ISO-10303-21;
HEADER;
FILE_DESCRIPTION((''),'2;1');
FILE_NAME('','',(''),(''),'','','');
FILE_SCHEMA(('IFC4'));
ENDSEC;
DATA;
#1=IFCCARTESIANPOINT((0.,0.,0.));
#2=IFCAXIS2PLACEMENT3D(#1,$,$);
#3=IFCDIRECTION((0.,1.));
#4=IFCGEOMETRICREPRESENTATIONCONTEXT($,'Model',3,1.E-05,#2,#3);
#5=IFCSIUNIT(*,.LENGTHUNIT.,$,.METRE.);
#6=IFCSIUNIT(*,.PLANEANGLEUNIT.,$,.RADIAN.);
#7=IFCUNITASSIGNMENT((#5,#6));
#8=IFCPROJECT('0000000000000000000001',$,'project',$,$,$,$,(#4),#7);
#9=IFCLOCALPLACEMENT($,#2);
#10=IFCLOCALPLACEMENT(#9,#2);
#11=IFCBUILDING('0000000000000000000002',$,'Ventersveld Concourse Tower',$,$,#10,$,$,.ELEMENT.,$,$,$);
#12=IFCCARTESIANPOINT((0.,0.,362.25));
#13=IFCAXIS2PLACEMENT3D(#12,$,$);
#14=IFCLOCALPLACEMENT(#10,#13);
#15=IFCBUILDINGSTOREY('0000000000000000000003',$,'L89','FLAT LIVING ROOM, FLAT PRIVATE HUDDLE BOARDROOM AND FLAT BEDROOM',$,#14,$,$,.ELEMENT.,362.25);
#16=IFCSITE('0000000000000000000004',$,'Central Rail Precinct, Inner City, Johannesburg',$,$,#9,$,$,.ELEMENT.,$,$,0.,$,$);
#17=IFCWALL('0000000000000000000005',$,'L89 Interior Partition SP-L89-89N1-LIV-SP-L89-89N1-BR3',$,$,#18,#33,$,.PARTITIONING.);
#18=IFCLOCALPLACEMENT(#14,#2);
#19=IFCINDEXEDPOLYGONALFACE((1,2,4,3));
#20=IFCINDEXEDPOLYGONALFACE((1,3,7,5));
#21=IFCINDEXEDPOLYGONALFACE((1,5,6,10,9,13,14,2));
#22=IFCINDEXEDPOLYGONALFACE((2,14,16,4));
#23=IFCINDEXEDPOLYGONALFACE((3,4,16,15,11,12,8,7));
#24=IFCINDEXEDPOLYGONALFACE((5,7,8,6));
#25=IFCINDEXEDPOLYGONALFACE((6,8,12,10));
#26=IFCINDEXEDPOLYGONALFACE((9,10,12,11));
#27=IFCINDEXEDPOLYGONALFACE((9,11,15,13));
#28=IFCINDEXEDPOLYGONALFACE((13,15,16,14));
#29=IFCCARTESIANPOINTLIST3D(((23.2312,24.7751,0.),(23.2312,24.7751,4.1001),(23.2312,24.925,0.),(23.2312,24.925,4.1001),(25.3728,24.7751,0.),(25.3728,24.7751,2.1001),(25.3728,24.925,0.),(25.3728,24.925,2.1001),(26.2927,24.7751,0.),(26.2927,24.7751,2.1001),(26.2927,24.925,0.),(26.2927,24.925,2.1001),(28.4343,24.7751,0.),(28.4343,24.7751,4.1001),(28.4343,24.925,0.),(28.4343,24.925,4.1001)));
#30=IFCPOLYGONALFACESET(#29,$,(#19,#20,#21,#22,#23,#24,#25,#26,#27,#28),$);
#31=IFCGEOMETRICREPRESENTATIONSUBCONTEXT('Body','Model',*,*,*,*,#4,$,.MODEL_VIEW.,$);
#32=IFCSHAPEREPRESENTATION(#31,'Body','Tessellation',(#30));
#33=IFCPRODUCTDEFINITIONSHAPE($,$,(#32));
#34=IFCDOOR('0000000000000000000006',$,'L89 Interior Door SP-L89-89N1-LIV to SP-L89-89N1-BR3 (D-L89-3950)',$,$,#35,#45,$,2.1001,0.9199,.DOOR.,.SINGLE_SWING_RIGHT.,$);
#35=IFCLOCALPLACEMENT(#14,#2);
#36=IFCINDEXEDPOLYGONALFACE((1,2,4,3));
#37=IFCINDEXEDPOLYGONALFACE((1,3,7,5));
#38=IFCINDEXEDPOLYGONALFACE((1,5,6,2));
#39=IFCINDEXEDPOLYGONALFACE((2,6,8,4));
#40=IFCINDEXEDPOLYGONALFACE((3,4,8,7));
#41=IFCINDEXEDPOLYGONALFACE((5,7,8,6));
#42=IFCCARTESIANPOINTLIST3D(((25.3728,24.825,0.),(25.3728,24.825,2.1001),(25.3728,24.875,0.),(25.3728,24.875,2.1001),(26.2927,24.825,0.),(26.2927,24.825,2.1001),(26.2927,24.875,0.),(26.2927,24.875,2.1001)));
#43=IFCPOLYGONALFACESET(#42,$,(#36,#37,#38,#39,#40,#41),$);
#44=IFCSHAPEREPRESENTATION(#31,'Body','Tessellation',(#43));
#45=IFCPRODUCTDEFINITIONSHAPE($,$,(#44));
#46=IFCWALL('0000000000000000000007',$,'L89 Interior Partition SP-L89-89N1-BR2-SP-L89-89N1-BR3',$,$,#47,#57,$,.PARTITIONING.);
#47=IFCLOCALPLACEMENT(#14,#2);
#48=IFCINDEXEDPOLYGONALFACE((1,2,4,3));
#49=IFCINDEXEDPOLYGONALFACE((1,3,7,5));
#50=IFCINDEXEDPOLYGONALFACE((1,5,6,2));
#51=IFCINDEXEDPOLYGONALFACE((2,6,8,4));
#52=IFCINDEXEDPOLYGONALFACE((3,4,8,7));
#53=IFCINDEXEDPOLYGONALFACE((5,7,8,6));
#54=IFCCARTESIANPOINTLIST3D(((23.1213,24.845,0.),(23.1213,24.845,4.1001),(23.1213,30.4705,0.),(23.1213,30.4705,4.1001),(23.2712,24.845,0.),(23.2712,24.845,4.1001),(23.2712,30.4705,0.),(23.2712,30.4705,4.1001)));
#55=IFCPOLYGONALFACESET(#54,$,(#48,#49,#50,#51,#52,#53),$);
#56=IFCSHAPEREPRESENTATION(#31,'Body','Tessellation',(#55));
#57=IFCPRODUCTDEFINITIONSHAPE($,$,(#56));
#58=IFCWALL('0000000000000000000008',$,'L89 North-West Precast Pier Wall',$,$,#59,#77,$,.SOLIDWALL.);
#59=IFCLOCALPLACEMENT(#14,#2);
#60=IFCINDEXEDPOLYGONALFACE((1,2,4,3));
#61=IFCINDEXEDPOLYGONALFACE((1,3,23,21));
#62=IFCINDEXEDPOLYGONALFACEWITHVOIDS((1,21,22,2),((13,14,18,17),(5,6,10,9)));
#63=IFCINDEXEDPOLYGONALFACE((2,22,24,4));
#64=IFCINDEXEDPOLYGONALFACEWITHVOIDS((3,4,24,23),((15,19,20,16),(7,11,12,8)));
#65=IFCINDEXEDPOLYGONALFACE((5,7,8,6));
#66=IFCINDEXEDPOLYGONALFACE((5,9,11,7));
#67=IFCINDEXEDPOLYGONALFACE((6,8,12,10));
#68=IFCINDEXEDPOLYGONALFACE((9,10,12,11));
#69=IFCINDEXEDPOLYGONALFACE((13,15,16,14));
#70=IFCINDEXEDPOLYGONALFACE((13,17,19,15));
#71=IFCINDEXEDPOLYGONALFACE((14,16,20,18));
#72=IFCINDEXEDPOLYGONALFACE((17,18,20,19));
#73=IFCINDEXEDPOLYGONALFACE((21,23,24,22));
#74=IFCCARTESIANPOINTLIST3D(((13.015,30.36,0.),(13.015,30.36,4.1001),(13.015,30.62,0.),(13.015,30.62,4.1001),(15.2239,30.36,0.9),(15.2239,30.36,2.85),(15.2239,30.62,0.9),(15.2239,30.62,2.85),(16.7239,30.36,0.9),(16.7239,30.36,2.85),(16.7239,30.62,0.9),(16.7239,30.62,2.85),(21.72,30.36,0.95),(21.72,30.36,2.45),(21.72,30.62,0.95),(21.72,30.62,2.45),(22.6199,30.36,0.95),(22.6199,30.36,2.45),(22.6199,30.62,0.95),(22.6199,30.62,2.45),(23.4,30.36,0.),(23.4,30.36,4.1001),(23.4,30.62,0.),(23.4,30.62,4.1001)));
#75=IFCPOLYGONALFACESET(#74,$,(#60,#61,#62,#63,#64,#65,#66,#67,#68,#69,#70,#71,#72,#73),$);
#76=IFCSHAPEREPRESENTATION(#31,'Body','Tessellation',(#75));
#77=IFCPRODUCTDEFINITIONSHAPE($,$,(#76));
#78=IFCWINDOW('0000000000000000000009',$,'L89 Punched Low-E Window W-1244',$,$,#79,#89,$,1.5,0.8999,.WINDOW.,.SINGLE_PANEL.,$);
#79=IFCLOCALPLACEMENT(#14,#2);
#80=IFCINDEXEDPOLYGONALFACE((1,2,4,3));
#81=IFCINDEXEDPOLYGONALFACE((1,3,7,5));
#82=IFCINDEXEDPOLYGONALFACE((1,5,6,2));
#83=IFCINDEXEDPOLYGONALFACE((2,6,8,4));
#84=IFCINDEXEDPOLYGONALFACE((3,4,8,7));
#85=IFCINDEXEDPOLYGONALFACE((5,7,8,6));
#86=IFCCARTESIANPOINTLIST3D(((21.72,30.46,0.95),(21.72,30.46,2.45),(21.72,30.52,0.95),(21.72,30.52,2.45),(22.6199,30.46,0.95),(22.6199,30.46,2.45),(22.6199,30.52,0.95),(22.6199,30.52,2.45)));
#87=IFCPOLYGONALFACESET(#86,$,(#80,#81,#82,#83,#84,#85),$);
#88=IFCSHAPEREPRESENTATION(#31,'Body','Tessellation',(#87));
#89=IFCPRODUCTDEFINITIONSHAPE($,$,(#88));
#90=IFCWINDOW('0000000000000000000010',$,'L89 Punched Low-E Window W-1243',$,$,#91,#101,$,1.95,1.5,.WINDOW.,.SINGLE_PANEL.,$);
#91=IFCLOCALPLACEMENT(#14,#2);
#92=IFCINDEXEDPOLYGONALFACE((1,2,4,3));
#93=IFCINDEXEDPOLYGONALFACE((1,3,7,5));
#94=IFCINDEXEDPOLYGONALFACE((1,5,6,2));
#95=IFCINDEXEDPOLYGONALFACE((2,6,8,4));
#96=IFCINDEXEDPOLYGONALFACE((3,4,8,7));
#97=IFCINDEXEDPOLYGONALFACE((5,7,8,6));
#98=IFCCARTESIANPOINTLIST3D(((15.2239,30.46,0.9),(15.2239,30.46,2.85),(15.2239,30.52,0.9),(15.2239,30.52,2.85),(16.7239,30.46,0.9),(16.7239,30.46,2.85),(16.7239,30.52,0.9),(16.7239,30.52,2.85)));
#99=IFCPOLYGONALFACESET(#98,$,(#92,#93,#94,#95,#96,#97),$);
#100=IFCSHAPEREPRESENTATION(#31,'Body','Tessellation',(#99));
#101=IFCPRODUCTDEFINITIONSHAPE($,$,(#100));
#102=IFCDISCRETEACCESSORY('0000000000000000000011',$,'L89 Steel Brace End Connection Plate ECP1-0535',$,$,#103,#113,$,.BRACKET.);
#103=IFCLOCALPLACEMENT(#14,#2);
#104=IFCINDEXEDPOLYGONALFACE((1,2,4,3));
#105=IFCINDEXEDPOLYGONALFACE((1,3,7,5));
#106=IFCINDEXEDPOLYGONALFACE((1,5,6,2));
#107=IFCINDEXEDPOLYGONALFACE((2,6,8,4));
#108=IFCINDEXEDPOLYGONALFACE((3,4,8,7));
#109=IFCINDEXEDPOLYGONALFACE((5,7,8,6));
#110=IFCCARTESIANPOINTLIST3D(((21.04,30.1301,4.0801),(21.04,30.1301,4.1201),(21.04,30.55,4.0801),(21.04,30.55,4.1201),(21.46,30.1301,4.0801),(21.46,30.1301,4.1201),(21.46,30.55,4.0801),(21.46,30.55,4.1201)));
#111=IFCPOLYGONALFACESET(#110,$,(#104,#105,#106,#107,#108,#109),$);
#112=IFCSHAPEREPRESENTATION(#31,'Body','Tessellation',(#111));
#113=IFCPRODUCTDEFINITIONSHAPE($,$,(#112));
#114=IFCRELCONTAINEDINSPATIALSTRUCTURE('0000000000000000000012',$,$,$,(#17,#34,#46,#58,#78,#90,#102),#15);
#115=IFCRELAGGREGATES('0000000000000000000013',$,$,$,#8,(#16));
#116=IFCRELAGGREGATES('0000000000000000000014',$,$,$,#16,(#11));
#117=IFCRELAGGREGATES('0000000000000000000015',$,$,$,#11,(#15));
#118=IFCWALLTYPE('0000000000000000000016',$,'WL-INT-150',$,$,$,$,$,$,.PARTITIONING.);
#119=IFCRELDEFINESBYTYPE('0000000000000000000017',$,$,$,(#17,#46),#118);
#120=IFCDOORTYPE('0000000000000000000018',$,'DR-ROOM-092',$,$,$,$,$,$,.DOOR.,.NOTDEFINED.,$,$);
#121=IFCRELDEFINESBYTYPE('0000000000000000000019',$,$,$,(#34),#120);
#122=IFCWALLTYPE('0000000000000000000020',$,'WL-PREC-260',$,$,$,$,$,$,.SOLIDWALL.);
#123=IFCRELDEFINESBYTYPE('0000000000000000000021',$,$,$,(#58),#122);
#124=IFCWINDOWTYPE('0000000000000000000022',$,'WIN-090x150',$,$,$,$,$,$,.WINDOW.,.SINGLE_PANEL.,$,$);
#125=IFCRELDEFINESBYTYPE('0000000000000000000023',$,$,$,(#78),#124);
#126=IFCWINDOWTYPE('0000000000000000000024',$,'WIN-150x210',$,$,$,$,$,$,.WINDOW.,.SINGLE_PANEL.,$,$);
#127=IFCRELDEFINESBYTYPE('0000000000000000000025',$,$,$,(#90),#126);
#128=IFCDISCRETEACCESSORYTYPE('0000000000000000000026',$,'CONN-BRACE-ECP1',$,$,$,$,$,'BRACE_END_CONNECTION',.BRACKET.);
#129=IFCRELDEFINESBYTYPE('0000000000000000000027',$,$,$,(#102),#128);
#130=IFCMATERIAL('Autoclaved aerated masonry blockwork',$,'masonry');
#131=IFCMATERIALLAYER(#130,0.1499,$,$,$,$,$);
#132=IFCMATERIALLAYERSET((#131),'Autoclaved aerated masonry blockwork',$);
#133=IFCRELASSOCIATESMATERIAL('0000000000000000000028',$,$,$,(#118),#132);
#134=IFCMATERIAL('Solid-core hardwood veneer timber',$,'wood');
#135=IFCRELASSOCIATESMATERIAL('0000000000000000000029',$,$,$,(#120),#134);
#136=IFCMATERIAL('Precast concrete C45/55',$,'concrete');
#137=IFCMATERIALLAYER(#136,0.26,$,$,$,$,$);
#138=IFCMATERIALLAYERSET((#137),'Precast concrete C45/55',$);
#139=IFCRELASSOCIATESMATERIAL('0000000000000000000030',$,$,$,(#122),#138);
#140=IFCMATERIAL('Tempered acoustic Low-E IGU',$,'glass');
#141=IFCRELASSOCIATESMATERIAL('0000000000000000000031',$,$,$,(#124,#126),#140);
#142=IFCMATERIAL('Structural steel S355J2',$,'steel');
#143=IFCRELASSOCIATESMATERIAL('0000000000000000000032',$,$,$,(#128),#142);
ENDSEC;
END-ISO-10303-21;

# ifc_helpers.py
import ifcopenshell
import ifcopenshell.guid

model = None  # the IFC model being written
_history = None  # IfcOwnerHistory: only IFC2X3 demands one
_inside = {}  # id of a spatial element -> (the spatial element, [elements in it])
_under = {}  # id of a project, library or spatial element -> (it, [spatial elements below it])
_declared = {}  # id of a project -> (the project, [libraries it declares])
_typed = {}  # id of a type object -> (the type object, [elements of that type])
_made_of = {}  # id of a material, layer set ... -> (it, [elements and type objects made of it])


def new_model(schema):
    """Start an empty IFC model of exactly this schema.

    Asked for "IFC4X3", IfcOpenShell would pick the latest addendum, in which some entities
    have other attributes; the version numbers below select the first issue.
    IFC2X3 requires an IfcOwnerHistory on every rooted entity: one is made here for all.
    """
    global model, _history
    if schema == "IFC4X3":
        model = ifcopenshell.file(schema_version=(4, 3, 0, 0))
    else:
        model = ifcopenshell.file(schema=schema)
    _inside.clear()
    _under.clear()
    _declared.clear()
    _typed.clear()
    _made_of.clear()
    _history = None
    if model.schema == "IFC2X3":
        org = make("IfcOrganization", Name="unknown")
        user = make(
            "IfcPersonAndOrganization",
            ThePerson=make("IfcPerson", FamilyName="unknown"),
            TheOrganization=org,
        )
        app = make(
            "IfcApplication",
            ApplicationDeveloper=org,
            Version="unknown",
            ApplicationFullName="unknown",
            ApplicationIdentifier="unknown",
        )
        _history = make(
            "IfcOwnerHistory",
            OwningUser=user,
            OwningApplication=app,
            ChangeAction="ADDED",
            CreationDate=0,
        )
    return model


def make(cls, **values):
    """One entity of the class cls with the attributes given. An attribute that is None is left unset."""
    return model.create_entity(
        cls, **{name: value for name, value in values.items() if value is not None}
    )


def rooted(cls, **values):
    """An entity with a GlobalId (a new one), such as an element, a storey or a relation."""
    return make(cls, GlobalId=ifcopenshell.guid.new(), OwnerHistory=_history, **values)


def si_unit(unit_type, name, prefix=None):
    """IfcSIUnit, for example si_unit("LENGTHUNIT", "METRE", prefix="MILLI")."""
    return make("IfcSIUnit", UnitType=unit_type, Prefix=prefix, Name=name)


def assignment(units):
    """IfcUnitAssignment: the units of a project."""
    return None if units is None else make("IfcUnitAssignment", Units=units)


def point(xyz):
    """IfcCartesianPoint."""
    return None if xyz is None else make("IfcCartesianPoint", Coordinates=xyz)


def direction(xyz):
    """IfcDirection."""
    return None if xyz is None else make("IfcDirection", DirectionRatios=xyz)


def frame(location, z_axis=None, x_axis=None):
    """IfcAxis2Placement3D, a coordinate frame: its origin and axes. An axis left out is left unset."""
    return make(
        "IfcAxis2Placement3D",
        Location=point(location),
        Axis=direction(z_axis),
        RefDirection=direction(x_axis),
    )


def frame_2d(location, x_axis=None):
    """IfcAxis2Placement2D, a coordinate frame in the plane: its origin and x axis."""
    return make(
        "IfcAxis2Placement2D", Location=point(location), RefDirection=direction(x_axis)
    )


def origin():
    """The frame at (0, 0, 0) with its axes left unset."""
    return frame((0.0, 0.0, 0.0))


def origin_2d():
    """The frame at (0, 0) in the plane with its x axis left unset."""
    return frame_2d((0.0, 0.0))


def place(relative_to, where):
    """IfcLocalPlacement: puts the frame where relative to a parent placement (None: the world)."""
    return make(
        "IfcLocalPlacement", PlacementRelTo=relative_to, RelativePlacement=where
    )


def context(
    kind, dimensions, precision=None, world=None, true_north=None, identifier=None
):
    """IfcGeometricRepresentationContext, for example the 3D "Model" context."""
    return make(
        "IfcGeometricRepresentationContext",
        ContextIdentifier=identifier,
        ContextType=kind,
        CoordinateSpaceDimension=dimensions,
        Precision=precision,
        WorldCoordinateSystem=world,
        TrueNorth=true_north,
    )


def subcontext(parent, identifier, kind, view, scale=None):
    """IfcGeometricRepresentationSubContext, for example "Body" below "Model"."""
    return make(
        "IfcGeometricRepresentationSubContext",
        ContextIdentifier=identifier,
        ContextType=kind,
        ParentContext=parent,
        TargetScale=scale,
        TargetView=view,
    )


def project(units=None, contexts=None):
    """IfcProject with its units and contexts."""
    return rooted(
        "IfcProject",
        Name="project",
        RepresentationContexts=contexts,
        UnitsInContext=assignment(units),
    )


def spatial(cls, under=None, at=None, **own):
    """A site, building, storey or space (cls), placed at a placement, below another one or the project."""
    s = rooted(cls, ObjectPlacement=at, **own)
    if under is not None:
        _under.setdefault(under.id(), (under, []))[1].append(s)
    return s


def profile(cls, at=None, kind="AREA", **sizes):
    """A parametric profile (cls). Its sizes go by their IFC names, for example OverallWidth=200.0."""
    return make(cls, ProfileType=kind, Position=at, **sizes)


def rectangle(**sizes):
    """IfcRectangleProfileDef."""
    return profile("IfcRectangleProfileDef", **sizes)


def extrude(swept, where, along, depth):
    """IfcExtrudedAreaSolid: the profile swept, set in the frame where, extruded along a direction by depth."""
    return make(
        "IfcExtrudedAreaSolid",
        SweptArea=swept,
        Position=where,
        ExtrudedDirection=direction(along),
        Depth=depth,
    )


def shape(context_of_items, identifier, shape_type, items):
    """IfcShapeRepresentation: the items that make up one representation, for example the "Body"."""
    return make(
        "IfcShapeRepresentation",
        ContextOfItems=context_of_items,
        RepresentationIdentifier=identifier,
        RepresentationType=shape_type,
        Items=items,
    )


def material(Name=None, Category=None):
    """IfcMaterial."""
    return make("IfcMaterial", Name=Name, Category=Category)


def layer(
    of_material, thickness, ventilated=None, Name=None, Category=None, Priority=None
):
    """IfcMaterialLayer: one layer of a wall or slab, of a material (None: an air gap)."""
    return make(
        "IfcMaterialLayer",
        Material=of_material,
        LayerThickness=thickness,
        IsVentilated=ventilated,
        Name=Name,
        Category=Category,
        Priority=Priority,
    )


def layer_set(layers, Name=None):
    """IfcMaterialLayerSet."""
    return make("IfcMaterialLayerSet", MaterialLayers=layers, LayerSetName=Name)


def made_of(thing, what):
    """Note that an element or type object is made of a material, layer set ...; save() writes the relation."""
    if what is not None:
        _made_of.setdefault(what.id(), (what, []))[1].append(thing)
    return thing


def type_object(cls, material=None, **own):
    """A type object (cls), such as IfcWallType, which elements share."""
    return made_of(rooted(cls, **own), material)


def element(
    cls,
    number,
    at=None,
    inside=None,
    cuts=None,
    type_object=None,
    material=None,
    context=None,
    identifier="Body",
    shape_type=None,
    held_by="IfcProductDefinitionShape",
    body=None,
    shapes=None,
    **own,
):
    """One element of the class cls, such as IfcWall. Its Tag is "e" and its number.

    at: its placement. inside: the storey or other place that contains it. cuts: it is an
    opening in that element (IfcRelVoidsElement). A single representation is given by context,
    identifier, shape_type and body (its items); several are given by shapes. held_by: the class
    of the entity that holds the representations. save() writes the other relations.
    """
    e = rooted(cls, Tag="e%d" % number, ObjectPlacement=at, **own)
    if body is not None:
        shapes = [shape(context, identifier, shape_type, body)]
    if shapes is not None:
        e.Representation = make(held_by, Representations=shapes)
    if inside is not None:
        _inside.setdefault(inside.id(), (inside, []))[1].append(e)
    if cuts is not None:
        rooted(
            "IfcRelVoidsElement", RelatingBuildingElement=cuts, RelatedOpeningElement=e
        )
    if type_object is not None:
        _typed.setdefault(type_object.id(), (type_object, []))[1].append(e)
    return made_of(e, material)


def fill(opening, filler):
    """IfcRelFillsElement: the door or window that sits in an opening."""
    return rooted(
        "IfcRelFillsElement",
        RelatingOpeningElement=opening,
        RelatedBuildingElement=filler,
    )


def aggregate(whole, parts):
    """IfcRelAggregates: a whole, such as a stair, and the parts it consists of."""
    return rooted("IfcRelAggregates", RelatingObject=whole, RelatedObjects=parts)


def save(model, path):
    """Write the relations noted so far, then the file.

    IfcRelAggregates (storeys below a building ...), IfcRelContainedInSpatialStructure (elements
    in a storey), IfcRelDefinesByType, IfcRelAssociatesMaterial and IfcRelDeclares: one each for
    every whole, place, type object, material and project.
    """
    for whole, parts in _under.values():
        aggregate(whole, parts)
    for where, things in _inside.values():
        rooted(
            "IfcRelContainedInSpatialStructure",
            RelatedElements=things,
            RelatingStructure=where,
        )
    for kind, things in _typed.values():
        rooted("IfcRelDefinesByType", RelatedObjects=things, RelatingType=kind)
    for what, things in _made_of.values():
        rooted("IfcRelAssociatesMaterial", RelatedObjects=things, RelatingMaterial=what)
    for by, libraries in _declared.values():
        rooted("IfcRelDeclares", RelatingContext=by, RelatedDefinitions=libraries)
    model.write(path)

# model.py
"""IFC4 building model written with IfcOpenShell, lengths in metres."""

from ifc_helpers import new_model, si_unit, direction, frame, frame_2d, origin, origin_2d, place, context, subcontext, project, spatial, rectangle, extrude, material, layer, layer_set, type_object, element, fill, save


model = new_model("IFC4")

# Units and contexts
model_context = context("Model", 3, precision=1e-05, world=origin(), true_north=direction((0.0, 1.0)))
body_context = subcontext(model_context, "Body", "Model", "MODEL_VIEW")
ifc_project = project(units=[si_unit("LENGTHUNIT", "METRE"), si_unit("PLANEANGLEUNIT", "RADIAN")], contexts=[model_context])

# Site, building, storey
site_placement = place(None, origin())
site = spatial("IfcSite", under=ifc_project, at=site_placement, Name="Central Rail Precinct, Inner City, Johannesburg", CompositionType="ELEMENT", RefElevation=0.0)
building_placement = place(site_placement, origin())
building = spatial("IfcBuilding", under=site, at=building_placement, Name="Ventersveld Concourse Tower", CompositionType="ELEMENT")
storey_placement = place(building_placement, frame((0.0, 0.0, 362.25)))
storey = spatial("IfcBuildingStorey", under=building, at=storey_placement, Name="L89", Description="FLAT LIVING ROOM, FLAT PRIVATE HUDDLE BOARDROOM AND FLAT BEDROOM", CompositionType="ELEMENT", Elevation=362.25)

# Shared definitions
ifc_material_1 = material(Name="Structural steel S355J2", Category="steel")

# Wall, opening, door
ifc_material_2 = material(Name="Autoclaved aerated masonry blockwork", Category="masonry")
ifc_layer_1 = layer(ifc_material_2, 0.1499)
ifc_layer_set_1 = layer_set([ifc_layer_1], Name="Autoclaved aerated masonry blockwork")
wall_type_1 = type_object("IfcWallType", Name="WL-INT-150", PredefinedType="PARTITIONING", material=ifc_layer_set_1)
wall_1_placement = place(storey_placement, frame((23.2312, 24.8501, 0.0), z_axis=(0.0, 0.0, 1.0), x_axis=(1.0, 0.0, 0.0)))
wall_1 = element("IfcWall", 1, at=wall_1_placement, inside=storey, type_object=wall_type_1, Name="L89 Interior Partition SP-L89-89N1-LIV-SP-L89-89N1-BR3", PredefinedType="PARTITIONING", context=body_context, shape_type="SweptSolid", body=[
    extrude(rectangle(XDim=5.2031, YDim=0.1499, at=frame_2d((2.6016, 0.0))), origin(), (0.0, 0.0, 1.0), 4.1001),
])
opening_1_placement = place(wall_1_placement, frame((2.1416, 0.0, 0.0)))
opening_1 = element("IfcOpeningElement", 2, at=opening_1_placement, cuts=wall_1, PredefinedType="OPENING", context=body_context, shape_type="SweptSolid", body=[
    extrude(rectangle(XDim=0.9199, YDim=2.1001, at=frame_2d((0.46, 1.05))), frame((0.0, 0.085, 0.0), z_axis=(0.0, -1.0, 0.0), x_axis=(1.0, 0.0, 0.0)), (0.0, 0.0, 1.0), 0.1699),
])
ifc_material_3 = material(Name="Solid-core hardwood veneer timber", Category="wood")
door_type = type_object("IfcDoorType", Name="DR-ROOM-092", OperationType="NOTDEFINED", PredefinedType="DOOR", material=ifc_material_3)
door_placement = place(opening_1_placement, origin())
door = element("IfcDoor", 3, at=door_placement, inside=storey, type_object=door_type, Name="L89 Interior Door SP-L89-89N1-LIV to SP-L89-89N1-BR3 (D-L89-3950)", OperationType="SINGLE_SWING_RIGHT", OverallHeight=2.1001, OverallWidth=0.9199, PredefinedType="DOOR", context=body_context, shape_type="SweptSolid", body=[
    extrude(rectangle(XDim=0.9199, YDim=2.1001, at=frame_2d((0.46, 1.05))), frame((0.0, 0.0249, 0.0), z_axis=(0.0, -1.0, 0.0), x_axis=(1.0, 0.0, 0.0)), (0.0, 0.0, 1.0), 0.05),
])
fill(opening_1, door)

# Wall
wall_2_placement = place(storey_placement, frame((23.1963, 24.845, 0.0), z_axis=(0.0, 0.0, 1.0), x_axis=(0.0, 1.0, 0.0)))
element("IfcWall", 4, at=wall_2_placement, inside=storey, type_object=wall_type_1, Name="L89 Interior Partition SP-L89-89N1-BR2-SP-L89-89N1-BR3", PredefinedType="PARTITIONING", context=body_context, shape_type="SweptSolid", body=[
    extrude(rectangle(XDim=5.6255, YDim=0.1499, at=frame_2d((2.8127, 0.0))), origin(), (0.0, 0.0, 1.0), 4.1001),
])

# Wall, openings, windows
ifc_material_4 = material(Name="Precast concrete C45/55", Category="concrete")
ifc_layer_2 = layer(ifc_material_4, 0.26)
ifc_layer_set_2 = layer_set([ifc_layer_2], Name="Precast concrete C45/55")
wall_type_2 = type_object("IfcWallType", Name="WL-PREC-260", PredefinedType="SOLIDWALL", material=ifc_layer_set_2)
wall_3_placement = place(storey_placement, frame((23.3999, 30.49, 0.0), z_axis=(0.0, 0.0, 1.0), x_axis=(-1.0, 0.0, 0.0)))
wall_3 = element("IfcWall", 5, at=wall_3_placement, inside=storey, type_object=wall_type_2, Name="L89 North-West Precast Pier Wall", PredefinedType="SOLIDWALL", context=body_context, shape_type="SweptSolid", body=[
    extrude(rectangle(XDim=10.385, YDim=0.26, at=frame_2d((5.1924, 0.0))), origin(), (0.0, 0.0, 1.0), 4.1001),
])
opening_2_placement = place(wall_3_placement, frame((6.676, 0.0, 0.8999)))
opening_2 = element("IfcOpeningElement", 6, at=opening_2_placement, cuts=wall_3, PredefinedType="OPENING", context=body_context, shape_type="SweptSolid", body=[
    extrude(rectangle(XDim=1.5, YDim=1.95, at=frame_2d((0.75, 0.9751))), frame((0.0, 0.1401, 0.0), z_axis=(0.0, -1.0, 0.0), x_axis=(1.0, 0.0, 0.0)), (0.0, 0.0, 1.0), 0.28),
])
opening_3_placement = place(wall_3_placement, frame((0.78, 0.0, 0.95)))
opening_3 = element("IfcOpeningElement", 7, at=opening_3_placement, cuts=wall_3, PredefinedType="OPENING", context=body_context, shape_type="SweptSolid", body=[
    extrude(rectangle(XDim=0.8999, YDim=1.5, at=frame_2d((0.45, 0.75))), frame((0.0, 0.1401, 0.0), z_axis=(0.0, -1.0, 0.0), x_axis=(1.0, 0.0, 0.0)), (0.0, 0.0, 1.0), 0.28),
])
ifc_material_5 = material(Name="Tempered acoustic Low-E IGU", Category="glass")
window_type_1 = type_object("IfcWindowType", Name="WIN-090x150", PartitioningType="SINGLE_PANEL", PredefinedType="WINDOW", material=ifc_material_5)
window_1_placement = place(opening_3_placement, origin())
window_1 = element("IfcWindow", 8, at=window_1_placement, inside=storey, type_object=window_type_1, Name="L89 Punched Low-E Window W-1244", OverallHeight=1.5, OverallWidth=0.8999, PartitioningType="SINGLE_PANEL", PredefinedType="WINDOW", context=body_context, shape_type="SweptSolid", body=[
    extrude(rectangle(XDim=0.8999, YDim=1.5, at=frame_2d((0.45, 0.75))), frame((0.0, 0.03, 0.0), z_axis=(0.0, -1.0, 0.0), x_axis=(1.0, 0.0, 0.0)), (0.0, 0.0, 1.0), 0.0601),
])
fill(opening_3, window_1)
window_type_2 = type_object("IfcWindowType", Name="WIN-150x210", PartitioningType="SINGLE_PANEL", PredefinedType="WINDOW", material=ifc_material_5)
window_2_placement = place(opening_2_placement, origin())
window_2 = element("IfcWindow", 9, at=window_2_placement, inside=storey, type_object=window_type_2, Name="L89 Punched Low-E Window W-1243", OverallHeight=1.95, OverallWidth=1.5, PartitioningType="SINGLE_PANEL", PredefinedType="WINDOW", context=body_context, shape_type="SweptSolid", body=[
    extrude(rectangle(XDim=1.5, YDim=1.95, at=frame_2d((0.75, 0.9751))), frame((0.0, 0.03, 0.0), z_axis=(0.0, -1.0, 0.0), x_axis=(1.0, 0.0, 0.0)), (0.0, 0.0, 1.0), 0.0601),
])
fill(opening_2, window_2)

# Discrete accessory
discrete_accessory_type = type_object("IfcDiscreteAccessoryType", Name="CONN-BRACE-ECP1", ElementType="BRACE_END_CONNECTION", PredefinedType="BRACKET", material=ifc_material_1)
discrete_accessory_placement = place(storey_placement, frame((21.25, 30.3401, 4.0801), z_axis=(0.0, 0.0, 1.0), x_axis=(1.0, 0.0, 0.0)))
element("IfcDiscreteAccessory", 10, at=discrete_accessory_placement, inside=storey, type_object=discrete_accessory_type, Name="L89 Steel Brace End Connection Plate ECP1-0535", PredefinedType="BRACKET", context=body_context, shape_type="SweptSolid", body=[
    extrude(rectangle(XDim=0.4199, YDim=0.4199, at=origin_2d()), origin(), (0.0, 0.0, 1.0), 0.04),
])

save(model, "model.ifc")
